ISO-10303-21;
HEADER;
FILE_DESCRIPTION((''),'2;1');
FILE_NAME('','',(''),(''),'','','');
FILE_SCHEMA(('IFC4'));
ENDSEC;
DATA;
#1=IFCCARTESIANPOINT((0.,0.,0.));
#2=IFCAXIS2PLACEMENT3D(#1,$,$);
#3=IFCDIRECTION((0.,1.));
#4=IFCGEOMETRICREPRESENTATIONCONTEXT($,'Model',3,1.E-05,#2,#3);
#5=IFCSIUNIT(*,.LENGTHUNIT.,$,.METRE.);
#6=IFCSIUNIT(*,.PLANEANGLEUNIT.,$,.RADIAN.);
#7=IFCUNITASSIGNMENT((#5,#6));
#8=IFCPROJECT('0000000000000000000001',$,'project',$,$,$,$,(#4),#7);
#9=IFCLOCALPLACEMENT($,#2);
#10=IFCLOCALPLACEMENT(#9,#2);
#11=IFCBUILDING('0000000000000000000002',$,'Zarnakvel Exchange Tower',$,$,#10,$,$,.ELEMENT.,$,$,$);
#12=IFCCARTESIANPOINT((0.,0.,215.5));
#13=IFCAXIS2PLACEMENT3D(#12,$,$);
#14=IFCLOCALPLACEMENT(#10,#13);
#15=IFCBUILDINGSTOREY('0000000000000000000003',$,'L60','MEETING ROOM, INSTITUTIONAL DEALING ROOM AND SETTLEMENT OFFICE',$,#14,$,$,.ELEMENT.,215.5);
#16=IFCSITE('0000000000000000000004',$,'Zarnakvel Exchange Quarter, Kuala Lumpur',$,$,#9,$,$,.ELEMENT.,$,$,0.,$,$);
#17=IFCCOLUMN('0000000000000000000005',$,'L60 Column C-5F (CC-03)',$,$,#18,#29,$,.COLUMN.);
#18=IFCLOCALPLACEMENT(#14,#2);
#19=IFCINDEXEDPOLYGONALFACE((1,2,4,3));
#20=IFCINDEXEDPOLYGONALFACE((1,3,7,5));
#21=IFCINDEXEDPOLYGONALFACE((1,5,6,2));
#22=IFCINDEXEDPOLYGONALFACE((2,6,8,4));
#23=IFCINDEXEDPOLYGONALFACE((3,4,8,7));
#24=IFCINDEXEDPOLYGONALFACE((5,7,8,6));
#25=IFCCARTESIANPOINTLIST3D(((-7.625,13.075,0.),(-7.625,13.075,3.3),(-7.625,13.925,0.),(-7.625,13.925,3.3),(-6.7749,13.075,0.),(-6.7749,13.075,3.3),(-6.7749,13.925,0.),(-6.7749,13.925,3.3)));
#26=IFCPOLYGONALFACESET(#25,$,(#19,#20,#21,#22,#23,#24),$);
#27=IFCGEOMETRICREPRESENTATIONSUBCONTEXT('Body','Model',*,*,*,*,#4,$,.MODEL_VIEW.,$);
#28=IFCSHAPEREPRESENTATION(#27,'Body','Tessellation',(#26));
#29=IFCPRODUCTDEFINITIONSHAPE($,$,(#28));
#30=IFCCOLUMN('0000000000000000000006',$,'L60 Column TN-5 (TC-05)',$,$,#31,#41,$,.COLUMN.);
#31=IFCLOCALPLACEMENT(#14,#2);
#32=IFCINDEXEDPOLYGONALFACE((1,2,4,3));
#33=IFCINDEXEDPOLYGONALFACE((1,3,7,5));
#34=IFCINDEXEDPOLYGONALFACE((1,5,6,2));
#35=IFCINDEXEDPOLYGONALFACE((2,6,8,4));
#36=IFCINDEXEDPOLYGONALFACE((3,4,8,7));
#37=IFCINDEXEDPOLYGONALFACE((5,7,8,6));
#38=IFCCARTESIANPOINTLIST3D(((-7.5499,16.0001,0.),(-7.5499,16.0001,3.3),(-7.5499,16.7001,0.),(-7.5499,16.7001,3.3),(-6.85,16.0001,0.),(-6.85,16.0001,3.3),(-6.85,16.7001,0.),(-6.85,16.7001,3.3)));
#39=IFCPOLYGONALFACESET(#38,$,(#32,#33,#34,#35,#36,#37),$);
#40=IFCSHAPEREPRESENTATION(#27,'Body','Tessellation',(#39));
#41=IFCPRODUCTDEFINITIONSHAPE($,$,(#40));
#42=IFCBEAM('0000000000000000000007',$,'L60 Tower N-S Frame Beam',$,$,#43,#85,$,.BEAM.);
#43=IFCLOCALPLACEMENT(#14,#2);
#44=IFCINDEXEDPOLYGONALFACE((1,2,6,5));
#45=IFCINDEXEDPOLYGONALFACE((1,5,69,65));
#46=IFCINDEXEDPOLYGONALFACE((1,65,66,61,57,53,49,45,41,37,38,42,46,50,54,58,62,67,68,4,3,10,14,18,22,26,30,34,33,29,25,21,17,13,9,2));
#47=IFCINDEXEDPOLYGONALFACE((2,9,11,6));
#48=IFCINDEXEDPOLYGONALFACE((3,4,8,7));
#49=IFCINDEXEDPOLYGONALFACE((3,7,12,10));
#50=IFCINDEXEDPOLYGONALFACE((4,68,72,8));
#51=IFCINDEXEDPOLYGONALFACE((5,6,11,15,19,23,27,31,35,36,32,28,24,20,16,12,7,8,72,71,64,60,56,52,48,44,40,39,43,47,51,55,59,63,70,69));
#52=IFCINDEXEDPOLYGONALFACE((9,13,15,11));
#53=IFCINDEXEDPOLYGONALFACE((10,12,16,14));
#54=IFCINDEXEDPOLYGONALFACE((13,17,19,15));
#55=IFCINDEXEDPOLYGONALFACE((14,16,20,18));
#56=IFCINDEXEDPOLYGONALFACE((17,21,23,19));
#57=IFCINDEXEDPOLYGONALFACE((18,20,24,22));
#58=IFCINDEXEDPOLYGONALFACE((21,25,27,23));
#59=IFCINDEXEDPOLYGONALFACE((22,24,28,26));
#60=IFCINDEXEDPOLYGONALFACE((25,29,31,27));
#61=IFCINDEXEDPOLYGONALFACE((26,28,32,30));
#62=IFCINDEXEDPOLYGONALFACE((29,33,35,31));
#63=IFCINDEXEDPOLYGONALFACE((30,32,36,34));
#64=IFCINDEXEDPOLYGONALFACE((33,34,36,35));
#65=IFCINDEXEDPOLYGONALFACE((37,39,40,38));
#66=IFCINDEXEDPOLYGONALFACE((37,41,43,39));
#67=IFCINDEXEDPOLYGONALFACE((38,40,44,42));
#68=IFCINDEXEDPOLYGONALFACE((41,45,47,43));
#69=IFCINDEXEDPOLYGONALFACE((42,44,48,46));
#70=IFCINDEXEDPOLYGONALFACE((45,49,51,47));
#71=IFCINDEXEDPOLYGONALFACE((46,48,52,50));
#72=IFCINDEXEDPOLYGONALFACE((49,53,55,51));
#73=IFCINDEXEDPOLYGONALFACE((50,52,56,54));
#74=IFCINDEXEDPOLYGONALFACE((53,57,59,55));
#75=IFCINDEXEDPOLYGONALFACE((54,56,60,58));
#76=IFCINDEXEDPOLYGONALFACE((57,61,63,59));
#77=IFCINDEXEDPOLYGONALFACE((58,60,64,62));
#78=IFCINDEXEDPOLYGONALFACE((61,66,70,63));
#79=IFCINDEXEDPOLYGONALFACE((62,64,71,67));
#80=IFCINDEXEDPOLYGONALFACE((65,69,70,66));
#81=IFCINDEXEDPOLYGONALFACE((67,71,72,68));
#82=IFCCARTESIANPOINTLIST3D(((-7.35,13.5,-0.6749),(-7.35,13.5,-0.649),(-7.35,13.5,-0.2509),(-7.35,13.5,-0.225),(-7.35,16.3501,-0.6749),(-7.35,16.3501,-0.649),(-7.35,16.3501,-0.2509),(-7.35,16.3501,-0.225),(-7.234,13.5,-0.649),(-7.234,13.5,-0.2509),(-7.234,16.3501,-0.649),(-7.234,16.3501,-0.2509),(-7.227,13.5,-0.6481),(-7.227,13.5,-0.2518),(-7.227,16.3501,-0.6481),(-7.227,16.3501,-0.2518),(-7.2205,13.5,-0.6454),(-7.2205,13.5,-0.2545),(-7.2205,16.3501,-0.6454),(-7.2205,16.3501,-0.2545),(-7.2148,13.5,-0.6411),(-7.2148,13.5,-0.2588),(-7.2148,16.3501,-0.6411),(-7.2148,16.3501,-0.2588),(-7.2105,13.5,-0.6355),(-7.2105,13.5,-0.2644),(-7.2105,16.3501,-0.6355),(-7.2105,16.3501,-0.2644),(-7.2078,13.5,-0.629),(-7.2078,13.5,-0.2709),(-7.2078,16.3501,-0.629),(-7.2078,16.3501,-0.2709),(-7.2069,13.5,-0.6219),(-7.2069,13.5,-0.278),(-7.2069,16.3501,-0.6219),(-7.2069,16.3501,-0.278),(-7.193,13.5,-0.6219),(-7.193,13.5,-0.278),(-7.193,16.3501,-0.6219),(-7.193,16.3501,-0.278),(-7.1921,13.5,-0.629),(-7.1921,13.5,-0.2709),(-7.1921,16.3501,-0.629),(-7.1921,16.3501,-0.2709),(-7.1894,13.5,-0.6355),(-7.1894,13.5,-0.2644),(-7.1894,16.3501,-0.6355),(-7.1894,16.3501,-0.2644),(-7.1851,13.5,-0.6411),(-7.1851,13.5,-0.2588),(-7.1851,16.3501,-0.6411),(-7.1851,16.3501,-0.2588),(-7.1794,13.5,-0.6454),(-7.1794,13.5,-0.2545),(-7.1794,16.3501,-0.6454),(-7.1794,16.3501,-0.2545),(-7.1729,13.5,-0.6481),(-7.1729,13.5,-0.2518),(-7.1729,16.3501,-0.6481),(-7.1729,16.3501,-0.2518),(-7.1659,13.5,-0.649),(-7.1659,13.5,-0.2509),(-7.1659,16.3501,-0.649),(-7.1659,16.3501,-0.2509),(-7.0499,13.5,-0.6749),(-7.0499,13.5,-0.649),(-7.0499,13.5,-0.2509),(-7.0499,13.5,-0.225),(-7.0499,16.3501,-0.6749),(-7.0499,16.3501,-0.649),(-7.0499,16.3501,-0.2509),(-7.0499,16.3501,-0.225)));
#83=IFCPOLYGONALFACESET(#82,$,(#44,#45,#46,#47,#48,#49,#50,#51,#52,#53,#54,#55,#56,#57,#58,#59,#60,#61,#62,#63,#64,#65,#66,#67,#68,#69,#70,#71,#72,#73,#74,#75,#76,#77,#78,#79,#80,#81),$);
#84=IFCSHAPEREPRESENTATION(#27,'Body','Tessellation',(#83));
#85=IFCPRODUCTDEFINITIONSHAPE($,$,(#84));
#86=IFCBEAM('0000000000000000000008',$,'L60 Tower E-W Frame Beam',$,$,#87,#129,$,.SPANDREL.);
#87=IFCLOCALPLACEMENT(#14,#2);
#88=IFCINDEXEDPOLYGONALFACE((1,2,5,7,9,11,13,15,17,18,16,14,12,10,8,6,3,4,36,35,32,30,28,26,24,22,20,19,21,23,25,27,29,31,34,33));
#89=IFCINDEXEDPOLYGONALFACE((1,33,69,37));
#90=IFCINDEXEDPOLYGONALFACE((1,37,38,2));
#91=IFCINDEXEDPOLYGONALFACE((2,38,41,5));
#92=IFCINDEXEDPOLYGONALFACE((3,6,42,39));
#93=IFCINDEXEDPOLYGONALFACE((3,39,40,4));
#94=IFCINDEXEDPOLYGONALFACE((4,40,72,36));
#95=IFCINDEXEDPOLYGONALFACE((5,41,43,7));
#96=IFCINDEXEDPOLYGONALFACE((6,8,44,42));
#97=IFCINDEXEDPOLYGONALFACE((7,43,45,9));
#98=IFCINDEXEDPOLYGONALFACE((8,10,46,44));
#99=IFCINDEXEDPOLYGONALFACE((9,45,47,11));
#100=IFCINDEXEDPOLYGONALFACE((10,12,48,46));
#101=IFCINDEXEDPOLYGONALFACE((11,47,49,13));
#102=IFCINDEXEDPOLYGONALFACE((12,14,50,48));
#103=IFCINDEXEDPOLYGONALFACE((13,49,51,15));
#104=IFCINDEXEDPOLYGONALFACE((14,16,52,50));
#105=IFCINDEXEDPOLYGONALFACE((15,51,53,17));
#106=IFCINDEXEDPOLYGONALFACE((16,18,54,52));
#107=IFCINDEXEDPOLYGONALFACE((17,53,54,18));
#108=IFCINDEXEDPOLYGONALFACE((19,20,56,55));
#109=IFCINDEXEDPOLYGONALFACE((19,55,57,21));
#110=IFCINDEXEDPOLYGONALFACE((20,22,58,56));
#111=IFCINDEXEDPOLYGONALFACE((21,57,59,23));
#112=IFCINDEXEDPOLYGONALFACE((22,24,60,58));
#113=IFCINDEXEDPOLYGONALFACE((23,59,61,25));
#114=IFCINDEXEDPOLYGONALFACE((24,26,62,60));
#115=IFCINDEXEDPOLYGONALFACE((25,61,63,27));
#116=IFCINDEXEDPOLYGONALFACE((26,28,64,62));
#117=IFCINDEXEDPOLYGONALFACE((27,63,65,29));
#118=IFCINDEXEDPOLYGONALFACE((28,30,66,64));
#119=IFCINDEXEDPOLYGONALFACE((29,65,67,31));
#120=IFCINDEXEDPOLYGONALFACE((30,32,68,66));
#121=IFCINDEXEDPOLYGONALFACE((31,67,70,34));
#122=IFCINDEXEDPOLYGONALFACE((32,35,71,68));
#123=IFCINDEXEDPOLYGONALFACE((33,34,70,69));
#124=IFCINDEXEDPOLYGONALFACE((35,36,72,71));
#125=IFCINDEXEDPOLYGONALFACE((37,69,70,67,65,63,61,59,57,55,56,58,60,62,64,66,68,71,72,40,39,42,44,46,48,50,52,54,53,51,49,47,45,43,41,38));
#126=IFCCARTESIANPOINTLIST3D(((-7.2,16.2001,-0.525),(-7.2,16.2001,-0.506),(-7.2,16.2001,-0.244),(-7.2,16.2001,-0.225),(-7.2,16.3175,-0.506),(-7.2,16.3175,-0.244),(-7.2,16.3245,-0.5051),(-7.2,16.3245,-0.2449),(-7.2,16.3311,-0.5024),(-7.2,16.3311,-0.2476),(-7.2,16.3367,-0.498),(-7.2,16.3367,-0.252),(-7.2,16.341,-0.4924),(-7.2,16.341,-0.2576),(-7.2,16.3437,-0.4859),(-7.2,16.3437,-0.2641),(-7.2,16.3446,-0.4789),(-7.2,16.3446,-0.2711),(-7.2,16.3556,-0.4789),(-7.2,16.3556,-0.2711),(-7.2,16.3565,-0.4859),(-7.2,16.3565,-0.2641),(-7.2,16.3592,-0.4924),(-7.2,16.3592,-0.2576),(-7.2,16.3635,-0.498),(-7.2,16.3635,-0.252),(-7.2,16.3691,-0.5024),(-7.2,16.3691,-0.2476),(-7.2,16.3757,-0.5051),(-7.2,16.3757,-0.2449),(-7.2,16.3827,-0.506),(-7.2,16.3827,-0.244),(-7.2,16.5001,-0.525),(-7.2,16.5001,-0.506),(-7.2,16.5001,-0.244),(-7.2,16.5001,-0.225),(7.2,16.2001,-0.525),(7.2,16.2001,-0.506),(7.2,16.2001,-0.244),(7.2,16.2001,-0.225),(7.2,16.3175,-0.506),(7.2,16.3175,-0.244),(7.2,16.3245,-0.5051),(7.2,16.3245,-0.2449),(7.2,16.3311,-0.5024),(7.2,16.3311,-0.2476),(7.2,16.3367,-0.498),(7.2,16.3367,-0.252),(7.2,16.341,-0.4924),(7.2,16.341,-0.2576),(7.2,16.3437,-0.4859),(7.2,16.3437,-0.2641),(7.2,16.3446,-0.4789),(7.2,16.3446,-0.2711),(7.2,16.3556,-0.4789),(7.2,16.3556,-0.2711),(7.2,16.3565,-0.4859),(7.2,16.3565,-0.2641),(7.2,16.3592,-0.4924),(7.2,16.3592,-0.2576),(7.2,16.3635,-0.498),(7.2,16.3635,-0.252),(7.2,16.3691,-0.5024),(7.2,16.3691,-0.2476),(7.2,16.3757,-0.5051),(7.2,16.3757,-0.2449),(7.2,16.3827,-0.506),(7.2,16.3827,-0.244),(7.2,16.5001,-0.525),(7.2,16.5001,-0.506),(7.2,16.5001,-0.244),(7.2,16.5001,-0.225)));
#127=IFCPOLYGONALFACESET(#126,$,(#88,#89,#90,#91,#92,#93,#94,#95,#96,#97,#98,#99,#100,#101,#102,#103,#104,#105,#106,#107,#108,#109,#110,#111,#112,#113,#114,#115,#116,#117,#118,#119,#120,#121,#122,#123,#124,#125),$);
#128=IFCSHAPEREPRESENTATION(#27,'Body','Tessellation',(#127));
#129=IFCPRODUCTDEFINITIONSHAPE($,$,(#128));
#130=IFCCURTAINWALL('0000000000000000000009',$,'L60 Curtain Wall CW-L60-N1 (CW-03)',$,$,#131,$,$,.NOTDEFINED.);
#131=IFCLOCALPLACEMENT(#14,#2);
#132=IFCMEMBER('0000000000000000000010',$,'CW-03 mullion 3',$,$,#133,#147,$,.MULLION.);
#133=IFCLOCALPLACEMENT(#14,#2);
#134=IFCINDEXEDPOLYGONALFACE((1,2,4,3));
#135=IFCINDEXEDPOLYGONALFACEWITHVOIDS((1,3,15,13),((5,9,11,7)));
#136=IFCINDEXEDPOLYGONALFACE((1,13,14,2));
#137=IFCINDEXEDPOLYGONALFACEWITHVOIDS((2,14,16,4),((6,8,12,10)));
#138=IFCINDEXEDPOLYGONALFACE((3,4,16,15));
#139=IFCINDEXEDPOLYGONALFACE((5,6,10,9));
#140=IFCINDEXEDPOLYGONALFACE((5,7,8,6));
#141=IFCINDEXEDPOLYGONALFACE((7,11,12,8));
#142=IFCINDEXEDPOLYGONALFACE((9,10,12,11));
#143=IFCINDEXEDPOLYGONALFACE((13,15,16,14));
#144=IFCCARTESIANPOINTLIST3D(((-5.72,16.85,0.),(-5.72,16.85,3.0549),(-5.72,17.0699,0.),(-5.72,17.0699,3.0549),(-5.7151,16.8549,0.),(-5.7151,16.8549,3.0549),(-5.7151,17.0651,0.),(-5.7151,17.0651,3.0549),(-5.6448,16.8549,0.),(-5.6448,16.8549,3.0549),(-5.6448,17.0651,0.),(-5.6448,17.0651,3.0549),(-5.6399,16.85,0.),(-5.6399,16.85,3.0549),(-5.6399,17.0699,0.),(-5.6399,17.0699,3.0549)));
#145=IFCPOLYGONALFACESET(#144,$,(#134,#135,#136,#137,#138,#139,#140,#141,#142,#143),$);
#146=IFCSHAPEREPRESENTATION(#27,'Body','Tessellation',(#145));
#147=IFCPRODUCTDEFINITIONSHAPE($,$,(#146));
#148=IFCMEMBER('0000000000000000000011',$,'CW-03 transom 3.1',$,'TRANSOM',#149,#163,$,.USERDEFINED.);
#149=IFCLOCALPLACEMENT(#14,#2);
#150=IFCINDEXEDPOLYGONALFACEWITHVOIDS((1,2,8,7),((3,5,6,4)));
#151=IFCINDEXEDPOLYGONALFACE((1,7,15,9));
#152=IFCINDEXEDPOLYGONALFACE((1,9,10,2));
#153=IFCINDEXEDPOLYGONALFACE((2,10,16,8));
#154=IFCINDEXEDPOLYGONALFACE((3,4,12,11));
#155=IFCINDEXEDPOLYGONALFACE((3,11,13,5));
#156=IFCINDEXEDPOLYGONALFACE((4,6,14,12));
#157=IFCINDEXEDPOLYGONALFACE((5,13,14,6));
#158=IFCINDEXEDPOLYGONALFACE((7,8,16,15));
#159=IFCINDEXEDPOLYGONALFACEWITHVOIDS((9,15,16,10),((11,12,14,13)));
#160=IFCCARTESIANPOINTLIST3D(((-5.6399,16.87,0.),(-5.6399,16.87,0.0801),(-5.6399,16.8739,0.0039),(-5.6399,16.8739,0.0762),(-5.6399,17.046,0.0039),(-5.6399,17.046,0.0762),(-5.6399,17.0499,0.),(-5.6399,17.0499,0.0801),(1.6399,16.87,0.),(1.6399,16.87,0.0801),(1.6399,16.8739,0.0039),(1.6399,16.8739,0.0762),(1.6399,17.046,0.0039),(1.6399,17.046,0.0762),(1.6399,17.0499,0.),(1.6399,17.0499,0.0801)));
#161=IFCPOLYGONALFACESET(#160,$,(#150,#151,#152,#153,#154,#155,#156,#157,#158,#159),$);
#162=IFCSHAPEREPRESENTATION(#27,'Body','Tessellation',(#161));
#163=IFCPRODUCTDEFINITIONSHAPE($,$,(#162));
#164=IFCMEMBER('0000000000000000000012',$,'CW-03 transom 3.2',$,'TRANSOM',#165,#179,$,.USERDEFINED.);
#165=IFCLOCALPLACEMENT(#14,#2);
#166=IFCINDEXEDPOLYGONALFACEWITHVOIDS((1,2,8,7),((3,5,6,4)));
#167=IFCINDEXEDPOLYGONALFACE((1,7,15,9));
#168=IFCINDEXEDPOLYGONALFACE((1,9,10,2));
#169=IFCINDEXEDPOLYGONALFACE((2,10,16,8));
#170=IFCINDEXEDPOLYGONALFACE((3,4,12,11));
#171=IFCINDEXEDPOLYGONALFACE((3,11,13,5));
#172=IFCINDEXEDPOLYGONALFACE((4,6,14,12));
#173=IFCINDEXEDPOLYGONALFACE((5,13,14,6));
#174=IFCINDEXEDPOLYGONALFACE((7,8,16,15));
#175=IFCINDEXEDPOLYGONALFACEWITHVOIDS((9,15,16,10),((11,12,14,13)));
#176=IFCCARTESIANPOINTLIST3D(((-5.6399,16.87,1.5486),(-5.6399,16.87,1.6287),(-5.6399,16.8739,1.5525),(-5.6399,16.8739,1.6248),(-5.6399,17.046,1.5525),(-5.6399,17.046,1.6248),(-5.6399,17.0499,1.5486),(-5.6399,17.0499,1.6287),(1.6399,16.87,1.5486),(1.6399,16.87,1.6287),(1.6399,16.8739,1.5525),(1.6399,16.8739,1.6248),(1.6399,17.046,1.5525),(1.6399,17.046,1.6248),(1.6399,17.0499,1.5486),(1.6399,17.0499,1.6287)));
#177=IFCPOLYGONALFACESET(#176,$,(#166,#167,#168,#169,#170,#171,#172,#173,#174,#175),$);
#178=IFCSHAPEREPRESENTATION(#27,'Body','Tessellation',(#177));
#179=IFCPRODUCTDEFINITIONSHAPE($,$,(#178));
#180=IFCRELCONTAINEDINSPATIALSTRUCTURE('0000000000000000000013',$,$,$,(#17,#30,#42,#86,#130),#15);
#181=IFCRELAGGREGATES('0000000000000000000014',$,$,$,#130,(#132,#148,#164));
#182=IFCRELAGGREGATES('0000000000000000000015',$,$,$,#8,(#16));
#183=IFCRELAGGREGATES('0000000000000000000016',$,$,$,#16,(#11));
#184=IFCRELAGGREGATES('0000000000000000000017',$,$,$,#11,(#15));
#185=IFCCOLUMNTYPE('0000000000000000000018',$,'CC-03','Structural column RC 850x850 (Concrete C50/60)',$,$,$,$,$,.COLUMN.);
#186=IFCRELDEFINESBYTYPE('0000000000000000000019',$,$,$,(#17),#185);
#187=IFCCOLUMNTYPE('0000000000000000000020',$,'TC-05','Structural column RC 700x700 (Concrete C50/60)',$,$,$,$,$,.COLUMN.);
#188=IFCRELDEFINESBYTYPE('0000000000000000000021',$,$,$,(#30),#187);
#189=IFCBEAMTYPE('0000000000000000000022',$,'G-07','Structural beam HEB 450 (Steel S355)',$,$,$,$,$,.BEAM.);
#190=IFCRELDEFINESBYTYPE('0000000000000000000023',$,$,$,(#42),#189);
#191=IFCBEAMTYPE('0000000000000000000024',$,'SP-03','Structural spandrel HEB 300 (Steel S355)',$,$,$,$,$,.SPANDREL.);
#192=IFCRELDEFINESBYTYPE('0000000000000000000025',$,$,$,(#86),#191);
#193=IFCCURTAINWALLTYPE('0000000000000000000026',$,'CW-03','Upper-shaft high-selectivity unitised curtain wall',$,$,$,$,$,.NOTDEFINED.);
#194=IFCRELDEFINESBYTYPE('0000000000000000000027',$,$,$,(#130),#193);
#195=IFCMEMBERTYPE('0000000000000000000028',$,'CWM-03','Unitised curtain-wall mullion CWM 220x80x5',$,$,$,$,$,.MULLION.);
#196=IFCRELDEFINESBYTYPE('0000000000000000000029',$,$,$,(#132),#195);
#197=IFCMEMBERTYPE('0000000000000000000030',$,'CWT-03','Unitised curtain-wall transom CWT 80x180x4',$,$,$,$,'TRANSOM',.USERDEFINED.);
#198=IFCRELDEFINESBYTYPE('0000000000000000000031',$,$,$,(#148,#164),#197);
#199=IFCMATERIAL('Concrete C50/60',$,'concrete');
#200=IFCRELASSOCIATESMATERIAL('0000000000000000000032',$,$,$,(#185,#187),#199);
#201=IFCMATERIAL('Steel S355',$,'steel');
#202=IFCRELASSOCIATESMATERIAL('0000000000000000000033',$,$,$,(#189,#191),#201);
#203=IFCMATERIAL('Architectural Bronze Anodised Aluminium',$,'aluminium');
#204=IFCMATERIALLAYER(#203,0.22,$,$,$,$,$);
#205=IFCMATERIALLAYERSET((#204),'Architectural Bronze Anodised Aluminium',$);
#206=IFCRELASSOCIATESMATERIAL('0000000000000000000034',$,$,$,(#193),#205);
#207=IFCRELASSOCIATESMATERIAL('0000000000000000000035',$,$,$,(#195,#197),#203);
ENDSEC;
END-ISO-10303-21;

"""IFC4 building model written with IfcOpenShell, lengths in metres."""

from ifc_helpers import new_model, si_unit, direction, frame, origin, origin_2d, place, context, subcontext, project, spatial, rectangle, hollow_rectangle, i_section, extrude, source, transform, mapped, material, layer, layer_set, material_profile, profile_set, type_object, element, aggregate, save


model = new_model("IFC4")

# Units and contexts
model_context = context("Model", 3, precision=1e-05, world=origin(), true_north=direction((0.0, 1.0)))
body_context = subcontext(model_context, "Body", "Model", "MODEL_VIEW")
ifc_project = project(units=[si_unit("LENGTHUNIT", "METRE"), si_unit("PLANEANGLEUNIT", "RADIAN")], contexts=[model_context])

# Site, building, storey
site_placement = place(None, origin())
site = spatial("IfcSite", under=ifc_project, at=site_placement, Name="Zarnakvel Exchange Quarter, Kuala Lumpur", CompositionType="ELEMENT", RefElevation=0.0)
building_placement = place(site_placement, origin())
building = spatial("IfcBuilding", under=site, at=building_placement, Name="Zarnakvel Exchange Tower", CompositionType="ELEMENT")
storey_placement = place(building_placement, frame((0.0, 0.0, 215.5)))
storey = spatial("IfcBuildingStorey", under=building, at=storey_placement, Name="L60", Description="MEETING ROOM, INSTITUTIONAL DEALING ROOM AND SETTLEMENT OFFICE", CompositionType="ELEMENT", Elevation=215.5)

# Columns
ifc_material_1 = material(Name="Concrete C50/60", Category="concrete")
ifc_material_profile_1 = material_profile(ifc_material_1, rectangle(XDim=0.8501, YDim=0.8501, at=origin_2d()))
ifc_profile_set_1 = profile_set([ifc_material_profile_1], Name="Concrete C50/60")
column_type_1 = type_object("IfcColumnType", Name="CC-03", Description="Structural column RC 850x850 (Concrete C50/60)", PredefinedType="COLUMN", material=ifc_profile_set_1)
column_1_placement = place(storey_placement, frame((-7.2, 13.5, 0.0), z_axis=(0.0, 0.0, 1.0), x_axis=(1.0, 0.0, 0.0)))
element("IfcColumn", 1, at=column_1_placement, inside=storey, type_object=column_type_1, Name="L60 Column C-5F (CC-03)", PredefinedType="COLUMN", context=body_context, shape_type="SweptSolid", body=[
    extrude(rectangle(XDim=0.8501, YDim=0.8501, at=origin_2d()), origin(), (0.0, 0.0, 1.0), 3.3),
])
ifc_material_profile_2 = material_profile(ifc_material_1, rectangle(XDim=0.7, YDim=0.7, at=origin_2d()))
ifc_profile_set_2 = profile_set([ifc_material_profile_2], Name="Concrete C50/60")
column_type_2 = type_object("IfcColumnType", Name="TC-05", Description="Structural column RC 700x700 (Concrete C50/60)", PredefinedType="COLUMN", material=ifc_profile_set_2)
column_2_placement = place(storey_placement, frame((-7.2, 16.3501, 0.0), z_axis=(0.0, 0.0, 1.0), x_axis=(1.0, 0.0, 0.0)))
element("IfcColumn", 2, at=column_2_placement, inside=storey, type_object=column_type_2, Name="L60 Column TN-5 (TC-05)", PredefinedType="COLUMN", context=body_context, shape_type="SweptSolid", body=[
    extrude(rectangle(XDim=0.7, YDim=0.7, at=origin_2d()), origin(), (0.0, 0.0, 1.0), 3.3),
])

# Beams
ifc_material_2 = material(Name="Steel S355", Category="steel")
ifc_material_profile_3 = material_profile(ifc_material_2, i_section(OverallWidth=0.3, OverallDepth=0.45, WebThickness=0.0139, FlangeThickness=0.0259, FilletRadius=0.0271, at=origin_2d()))
ifc_profile_set_3 = profile_set([ifc_material_profile_3], Name="Steel S355")
beam_type_1 = type_object("IfcBeamType", Name="G-07", Description="Structural beam HEB 450 (Steel S355)", PredefinedType="BEAM", material=ifc_profile_set_3)
beam_1_placement = place(storey_placement, frame((-7.2, 13.5, -0.45), z_axis=(0.0, 1.0, 0.0), x_axis=(-1.0, 0.0, 0.0)))
element("IfcBeam", 3, at=beam_1_placement, inside=storey, type_object=beam_type_1, Name="L60 Tower N-S Frame Beam", PredefinedType="BEAM", context=body_context, shape_type="SweptSolid", body=[
    extrude(i_section(OverallWidth=0.3, OverallDepth=0.45, WebThickness=0.0139, FlangeThickness=0.0259, FilletRadius=0.0271, at=origin_2d()), origin(), (0.0, 0.0, 1.0), 2.8501),
])
ifc_material_profile_4 = material_profile(ifc_material_2, i_section(OverallWidth=0.3, OverallDepth=0.3, WebThickness=0.011, FlangeThickness=0.019, FilletRadius=0.0271, at=origin_2d()))
ifc_profile_set_4 = profile_set([ifc_material_profile_4], Name="Steel S355")
beam_type_2 = type_object("IfcBeamType", Name="SP-03", Description="Structural spandrel HEB 300 (Steel S355)", PredefinedType="SPANDREL", material=ifc_profile_set_4)
beam_2_placement = place(storey_placement, frame((-7.2, 16.3501, -0.375), z_axis=(1.0, 0.0, 0.0), x_axis=(0.0, 1.0, 0.0)))
element("IfcBeam", 4, at=beam_2_placement, inside=storey, type_object=beam_type_2, Name="L60 Tower E-W Frame Beam", PredefinedType="SPANDREL", context=body_context, shape_type="SweptSolid", body=[
    extrude(i_section(OverallWidth=0.3, OverallDepth=0.3, WebThickness=0.011, FlangeThickness=0.019, FilletRadius=0.0271, at=origin_2d()), origin(), (0.0, 0.0, 1.0), 14.3999),
])

# Curtain wall, members
ifc_material_3 = material(Name="Architectural Bronze Anodised Aluminium", Category="aluminium")
ifc_layer_1 = layer(ifc_material_3, 0.22)
ifc_layer_set_1 = layer_set([ifc_layer_1], Name="Architectural Bronze Anodised Aluminium")
curtain_wall_type = type_object("IfcCurtainWallType", Name="CW-03", Description="Upper-shaft high-selectivity unitised curtain wall", PredefinedType="NOTDEFINED", material=ifc_layer_set_1)
curtain_wall_placement = place(storey_placement, origin())
curtain_wall = element("IfcCurtainWall", 5, at=curtain_wall_placement, inside=storey, type_object=curtain_wall_type, Name="L60 Curtain Wall CW-L60-N1 (CW-03)", PredefinedType="NOTDEFINED")
ifc_material_profile_5 = material_profile(ifc_material_3, hollow_rectangle(XDim=0.22, YDim=0.0801, WallThickness=0.0049, at=origin_2d()))
ifc_profile_set_5 = profile_set([ifc_material_profile_5], Name="Architectural Bronze Anodised Aluminium")
member_type_1 = type_object("IfcMemberType", Name="CWM-03", Description="Unitised curtain-wall mullion CWM 220x80x5", PredefinedType="MULLION", material=ifc_profile_set_5)
shared_shape_1 = source(origin(), body_context, "Body", "SweptSolid", [
    extrude(hollow_rectangle(XDim=0.22, YDim=0.0801, WallThickness=0.0049, at=origin_2d()), origin(), (0.0, 0.0, 1.0), 3.0549),
])
member_1_placement = place(storey_placement, frame((-5.6799, 16.96, 0.0), z_axis=(0.0, 0.0, 1.0), x_axis=(0.0, 1.0, 0.0)))
member_1 = element("IfcMember", 6, at=member_1_placement, type_object=member_type_1, Name="CW-03 mullion 3", PredefinedType="MULLION", context=body_context, shape_type="MappedRepresentation", body=[
    mapped(shared_shape_1, transform((0.0, 0.0, 0.0), x_axis=(1.0, 0.0, 0.0), y_axis=(0.0, 1.0, 0.0), z_axis=(0.0, 0.0, 1.0), scale=1.0)),
])
ifc_material_profile_6 = material_profile(ifc_material_3, hollow_rectangle(XDim=0.1799, YDim=0.0801, WallThickness=0.0039, at=origin_2d()))
ifc_profile_set_6 = profile_set([ifc_material_profile_6], Name="Architectural Bronze Anodised Aluminium")
member_type_2 = type_object("IfcMemberType", Name="CWT-03", Description="Unitised curtain-wall transom CWT 80x180x4", ElementType="TRANSOM", PredefinedType="USERDEFINED", material=ifc_profile_set_6)
shared_shape_2 = source(origin(), body_context, "Body", "SweptSolid", [
    extrude(hollow_rectangle(XDim=0.1799, YDim=0.0801, WallThickness=0.0039, at=origin_2d()), origin(), (0.0, 0.0, 1.0), 7.2798),
])
member_2_placement = place(storey_placement, frame((-5.6399, 16.96, 0.04), z_axis=(1.0, 0.0, 0.0), x_axis=(0.0, 1.0, 0.0)))
member_2 = element("IfcMember", 7, at=member_2_placement, type_object=member_type_2, Name="CW-03 transom 3.1", ObjectType="TRANSOM", PredefinedType="USERDEFINED", context=body_context, shape_type="MappedRepresentation", body=[
    mapped(shared_shape_2, transform((0.0, 0.0, 0.0), x_axis=(1.0, 0.0, 0.0), y_axis=(0.0, 1.0, 0.0), z_axis=(0.0, 0.0, 1.0), scale=1.0)),
])
member_3_placement = place(storey_placement, frame((-5.6399, 16.96, 1.5886), z_axis=(1.0, 0.0, 0.0), x_axis=(0.0, 1.0, 0.0)))
member_3 = element("IfcMember", 8, at=member_3_placement, type_object=member_type_2, Name="CW-03 transom 3.2", ObjectType="TRANSOM", PredefinedType="USERDEFINED", context=body_context, shape_type="MappedRepresentation", body=[
    mapped(shared_shape_2, transform((0.0, 0.0, 0.0), x_axis=(1.0, 0.0, 0.0), y_axis=(0.0, 1.0, 0.0), z_axis=(0.0, 0.0, 1.0), scale=1.0)),
])
aggregate(curtain_wall, [member_1, member_2, member_3])

save(model, "model.ifc")
